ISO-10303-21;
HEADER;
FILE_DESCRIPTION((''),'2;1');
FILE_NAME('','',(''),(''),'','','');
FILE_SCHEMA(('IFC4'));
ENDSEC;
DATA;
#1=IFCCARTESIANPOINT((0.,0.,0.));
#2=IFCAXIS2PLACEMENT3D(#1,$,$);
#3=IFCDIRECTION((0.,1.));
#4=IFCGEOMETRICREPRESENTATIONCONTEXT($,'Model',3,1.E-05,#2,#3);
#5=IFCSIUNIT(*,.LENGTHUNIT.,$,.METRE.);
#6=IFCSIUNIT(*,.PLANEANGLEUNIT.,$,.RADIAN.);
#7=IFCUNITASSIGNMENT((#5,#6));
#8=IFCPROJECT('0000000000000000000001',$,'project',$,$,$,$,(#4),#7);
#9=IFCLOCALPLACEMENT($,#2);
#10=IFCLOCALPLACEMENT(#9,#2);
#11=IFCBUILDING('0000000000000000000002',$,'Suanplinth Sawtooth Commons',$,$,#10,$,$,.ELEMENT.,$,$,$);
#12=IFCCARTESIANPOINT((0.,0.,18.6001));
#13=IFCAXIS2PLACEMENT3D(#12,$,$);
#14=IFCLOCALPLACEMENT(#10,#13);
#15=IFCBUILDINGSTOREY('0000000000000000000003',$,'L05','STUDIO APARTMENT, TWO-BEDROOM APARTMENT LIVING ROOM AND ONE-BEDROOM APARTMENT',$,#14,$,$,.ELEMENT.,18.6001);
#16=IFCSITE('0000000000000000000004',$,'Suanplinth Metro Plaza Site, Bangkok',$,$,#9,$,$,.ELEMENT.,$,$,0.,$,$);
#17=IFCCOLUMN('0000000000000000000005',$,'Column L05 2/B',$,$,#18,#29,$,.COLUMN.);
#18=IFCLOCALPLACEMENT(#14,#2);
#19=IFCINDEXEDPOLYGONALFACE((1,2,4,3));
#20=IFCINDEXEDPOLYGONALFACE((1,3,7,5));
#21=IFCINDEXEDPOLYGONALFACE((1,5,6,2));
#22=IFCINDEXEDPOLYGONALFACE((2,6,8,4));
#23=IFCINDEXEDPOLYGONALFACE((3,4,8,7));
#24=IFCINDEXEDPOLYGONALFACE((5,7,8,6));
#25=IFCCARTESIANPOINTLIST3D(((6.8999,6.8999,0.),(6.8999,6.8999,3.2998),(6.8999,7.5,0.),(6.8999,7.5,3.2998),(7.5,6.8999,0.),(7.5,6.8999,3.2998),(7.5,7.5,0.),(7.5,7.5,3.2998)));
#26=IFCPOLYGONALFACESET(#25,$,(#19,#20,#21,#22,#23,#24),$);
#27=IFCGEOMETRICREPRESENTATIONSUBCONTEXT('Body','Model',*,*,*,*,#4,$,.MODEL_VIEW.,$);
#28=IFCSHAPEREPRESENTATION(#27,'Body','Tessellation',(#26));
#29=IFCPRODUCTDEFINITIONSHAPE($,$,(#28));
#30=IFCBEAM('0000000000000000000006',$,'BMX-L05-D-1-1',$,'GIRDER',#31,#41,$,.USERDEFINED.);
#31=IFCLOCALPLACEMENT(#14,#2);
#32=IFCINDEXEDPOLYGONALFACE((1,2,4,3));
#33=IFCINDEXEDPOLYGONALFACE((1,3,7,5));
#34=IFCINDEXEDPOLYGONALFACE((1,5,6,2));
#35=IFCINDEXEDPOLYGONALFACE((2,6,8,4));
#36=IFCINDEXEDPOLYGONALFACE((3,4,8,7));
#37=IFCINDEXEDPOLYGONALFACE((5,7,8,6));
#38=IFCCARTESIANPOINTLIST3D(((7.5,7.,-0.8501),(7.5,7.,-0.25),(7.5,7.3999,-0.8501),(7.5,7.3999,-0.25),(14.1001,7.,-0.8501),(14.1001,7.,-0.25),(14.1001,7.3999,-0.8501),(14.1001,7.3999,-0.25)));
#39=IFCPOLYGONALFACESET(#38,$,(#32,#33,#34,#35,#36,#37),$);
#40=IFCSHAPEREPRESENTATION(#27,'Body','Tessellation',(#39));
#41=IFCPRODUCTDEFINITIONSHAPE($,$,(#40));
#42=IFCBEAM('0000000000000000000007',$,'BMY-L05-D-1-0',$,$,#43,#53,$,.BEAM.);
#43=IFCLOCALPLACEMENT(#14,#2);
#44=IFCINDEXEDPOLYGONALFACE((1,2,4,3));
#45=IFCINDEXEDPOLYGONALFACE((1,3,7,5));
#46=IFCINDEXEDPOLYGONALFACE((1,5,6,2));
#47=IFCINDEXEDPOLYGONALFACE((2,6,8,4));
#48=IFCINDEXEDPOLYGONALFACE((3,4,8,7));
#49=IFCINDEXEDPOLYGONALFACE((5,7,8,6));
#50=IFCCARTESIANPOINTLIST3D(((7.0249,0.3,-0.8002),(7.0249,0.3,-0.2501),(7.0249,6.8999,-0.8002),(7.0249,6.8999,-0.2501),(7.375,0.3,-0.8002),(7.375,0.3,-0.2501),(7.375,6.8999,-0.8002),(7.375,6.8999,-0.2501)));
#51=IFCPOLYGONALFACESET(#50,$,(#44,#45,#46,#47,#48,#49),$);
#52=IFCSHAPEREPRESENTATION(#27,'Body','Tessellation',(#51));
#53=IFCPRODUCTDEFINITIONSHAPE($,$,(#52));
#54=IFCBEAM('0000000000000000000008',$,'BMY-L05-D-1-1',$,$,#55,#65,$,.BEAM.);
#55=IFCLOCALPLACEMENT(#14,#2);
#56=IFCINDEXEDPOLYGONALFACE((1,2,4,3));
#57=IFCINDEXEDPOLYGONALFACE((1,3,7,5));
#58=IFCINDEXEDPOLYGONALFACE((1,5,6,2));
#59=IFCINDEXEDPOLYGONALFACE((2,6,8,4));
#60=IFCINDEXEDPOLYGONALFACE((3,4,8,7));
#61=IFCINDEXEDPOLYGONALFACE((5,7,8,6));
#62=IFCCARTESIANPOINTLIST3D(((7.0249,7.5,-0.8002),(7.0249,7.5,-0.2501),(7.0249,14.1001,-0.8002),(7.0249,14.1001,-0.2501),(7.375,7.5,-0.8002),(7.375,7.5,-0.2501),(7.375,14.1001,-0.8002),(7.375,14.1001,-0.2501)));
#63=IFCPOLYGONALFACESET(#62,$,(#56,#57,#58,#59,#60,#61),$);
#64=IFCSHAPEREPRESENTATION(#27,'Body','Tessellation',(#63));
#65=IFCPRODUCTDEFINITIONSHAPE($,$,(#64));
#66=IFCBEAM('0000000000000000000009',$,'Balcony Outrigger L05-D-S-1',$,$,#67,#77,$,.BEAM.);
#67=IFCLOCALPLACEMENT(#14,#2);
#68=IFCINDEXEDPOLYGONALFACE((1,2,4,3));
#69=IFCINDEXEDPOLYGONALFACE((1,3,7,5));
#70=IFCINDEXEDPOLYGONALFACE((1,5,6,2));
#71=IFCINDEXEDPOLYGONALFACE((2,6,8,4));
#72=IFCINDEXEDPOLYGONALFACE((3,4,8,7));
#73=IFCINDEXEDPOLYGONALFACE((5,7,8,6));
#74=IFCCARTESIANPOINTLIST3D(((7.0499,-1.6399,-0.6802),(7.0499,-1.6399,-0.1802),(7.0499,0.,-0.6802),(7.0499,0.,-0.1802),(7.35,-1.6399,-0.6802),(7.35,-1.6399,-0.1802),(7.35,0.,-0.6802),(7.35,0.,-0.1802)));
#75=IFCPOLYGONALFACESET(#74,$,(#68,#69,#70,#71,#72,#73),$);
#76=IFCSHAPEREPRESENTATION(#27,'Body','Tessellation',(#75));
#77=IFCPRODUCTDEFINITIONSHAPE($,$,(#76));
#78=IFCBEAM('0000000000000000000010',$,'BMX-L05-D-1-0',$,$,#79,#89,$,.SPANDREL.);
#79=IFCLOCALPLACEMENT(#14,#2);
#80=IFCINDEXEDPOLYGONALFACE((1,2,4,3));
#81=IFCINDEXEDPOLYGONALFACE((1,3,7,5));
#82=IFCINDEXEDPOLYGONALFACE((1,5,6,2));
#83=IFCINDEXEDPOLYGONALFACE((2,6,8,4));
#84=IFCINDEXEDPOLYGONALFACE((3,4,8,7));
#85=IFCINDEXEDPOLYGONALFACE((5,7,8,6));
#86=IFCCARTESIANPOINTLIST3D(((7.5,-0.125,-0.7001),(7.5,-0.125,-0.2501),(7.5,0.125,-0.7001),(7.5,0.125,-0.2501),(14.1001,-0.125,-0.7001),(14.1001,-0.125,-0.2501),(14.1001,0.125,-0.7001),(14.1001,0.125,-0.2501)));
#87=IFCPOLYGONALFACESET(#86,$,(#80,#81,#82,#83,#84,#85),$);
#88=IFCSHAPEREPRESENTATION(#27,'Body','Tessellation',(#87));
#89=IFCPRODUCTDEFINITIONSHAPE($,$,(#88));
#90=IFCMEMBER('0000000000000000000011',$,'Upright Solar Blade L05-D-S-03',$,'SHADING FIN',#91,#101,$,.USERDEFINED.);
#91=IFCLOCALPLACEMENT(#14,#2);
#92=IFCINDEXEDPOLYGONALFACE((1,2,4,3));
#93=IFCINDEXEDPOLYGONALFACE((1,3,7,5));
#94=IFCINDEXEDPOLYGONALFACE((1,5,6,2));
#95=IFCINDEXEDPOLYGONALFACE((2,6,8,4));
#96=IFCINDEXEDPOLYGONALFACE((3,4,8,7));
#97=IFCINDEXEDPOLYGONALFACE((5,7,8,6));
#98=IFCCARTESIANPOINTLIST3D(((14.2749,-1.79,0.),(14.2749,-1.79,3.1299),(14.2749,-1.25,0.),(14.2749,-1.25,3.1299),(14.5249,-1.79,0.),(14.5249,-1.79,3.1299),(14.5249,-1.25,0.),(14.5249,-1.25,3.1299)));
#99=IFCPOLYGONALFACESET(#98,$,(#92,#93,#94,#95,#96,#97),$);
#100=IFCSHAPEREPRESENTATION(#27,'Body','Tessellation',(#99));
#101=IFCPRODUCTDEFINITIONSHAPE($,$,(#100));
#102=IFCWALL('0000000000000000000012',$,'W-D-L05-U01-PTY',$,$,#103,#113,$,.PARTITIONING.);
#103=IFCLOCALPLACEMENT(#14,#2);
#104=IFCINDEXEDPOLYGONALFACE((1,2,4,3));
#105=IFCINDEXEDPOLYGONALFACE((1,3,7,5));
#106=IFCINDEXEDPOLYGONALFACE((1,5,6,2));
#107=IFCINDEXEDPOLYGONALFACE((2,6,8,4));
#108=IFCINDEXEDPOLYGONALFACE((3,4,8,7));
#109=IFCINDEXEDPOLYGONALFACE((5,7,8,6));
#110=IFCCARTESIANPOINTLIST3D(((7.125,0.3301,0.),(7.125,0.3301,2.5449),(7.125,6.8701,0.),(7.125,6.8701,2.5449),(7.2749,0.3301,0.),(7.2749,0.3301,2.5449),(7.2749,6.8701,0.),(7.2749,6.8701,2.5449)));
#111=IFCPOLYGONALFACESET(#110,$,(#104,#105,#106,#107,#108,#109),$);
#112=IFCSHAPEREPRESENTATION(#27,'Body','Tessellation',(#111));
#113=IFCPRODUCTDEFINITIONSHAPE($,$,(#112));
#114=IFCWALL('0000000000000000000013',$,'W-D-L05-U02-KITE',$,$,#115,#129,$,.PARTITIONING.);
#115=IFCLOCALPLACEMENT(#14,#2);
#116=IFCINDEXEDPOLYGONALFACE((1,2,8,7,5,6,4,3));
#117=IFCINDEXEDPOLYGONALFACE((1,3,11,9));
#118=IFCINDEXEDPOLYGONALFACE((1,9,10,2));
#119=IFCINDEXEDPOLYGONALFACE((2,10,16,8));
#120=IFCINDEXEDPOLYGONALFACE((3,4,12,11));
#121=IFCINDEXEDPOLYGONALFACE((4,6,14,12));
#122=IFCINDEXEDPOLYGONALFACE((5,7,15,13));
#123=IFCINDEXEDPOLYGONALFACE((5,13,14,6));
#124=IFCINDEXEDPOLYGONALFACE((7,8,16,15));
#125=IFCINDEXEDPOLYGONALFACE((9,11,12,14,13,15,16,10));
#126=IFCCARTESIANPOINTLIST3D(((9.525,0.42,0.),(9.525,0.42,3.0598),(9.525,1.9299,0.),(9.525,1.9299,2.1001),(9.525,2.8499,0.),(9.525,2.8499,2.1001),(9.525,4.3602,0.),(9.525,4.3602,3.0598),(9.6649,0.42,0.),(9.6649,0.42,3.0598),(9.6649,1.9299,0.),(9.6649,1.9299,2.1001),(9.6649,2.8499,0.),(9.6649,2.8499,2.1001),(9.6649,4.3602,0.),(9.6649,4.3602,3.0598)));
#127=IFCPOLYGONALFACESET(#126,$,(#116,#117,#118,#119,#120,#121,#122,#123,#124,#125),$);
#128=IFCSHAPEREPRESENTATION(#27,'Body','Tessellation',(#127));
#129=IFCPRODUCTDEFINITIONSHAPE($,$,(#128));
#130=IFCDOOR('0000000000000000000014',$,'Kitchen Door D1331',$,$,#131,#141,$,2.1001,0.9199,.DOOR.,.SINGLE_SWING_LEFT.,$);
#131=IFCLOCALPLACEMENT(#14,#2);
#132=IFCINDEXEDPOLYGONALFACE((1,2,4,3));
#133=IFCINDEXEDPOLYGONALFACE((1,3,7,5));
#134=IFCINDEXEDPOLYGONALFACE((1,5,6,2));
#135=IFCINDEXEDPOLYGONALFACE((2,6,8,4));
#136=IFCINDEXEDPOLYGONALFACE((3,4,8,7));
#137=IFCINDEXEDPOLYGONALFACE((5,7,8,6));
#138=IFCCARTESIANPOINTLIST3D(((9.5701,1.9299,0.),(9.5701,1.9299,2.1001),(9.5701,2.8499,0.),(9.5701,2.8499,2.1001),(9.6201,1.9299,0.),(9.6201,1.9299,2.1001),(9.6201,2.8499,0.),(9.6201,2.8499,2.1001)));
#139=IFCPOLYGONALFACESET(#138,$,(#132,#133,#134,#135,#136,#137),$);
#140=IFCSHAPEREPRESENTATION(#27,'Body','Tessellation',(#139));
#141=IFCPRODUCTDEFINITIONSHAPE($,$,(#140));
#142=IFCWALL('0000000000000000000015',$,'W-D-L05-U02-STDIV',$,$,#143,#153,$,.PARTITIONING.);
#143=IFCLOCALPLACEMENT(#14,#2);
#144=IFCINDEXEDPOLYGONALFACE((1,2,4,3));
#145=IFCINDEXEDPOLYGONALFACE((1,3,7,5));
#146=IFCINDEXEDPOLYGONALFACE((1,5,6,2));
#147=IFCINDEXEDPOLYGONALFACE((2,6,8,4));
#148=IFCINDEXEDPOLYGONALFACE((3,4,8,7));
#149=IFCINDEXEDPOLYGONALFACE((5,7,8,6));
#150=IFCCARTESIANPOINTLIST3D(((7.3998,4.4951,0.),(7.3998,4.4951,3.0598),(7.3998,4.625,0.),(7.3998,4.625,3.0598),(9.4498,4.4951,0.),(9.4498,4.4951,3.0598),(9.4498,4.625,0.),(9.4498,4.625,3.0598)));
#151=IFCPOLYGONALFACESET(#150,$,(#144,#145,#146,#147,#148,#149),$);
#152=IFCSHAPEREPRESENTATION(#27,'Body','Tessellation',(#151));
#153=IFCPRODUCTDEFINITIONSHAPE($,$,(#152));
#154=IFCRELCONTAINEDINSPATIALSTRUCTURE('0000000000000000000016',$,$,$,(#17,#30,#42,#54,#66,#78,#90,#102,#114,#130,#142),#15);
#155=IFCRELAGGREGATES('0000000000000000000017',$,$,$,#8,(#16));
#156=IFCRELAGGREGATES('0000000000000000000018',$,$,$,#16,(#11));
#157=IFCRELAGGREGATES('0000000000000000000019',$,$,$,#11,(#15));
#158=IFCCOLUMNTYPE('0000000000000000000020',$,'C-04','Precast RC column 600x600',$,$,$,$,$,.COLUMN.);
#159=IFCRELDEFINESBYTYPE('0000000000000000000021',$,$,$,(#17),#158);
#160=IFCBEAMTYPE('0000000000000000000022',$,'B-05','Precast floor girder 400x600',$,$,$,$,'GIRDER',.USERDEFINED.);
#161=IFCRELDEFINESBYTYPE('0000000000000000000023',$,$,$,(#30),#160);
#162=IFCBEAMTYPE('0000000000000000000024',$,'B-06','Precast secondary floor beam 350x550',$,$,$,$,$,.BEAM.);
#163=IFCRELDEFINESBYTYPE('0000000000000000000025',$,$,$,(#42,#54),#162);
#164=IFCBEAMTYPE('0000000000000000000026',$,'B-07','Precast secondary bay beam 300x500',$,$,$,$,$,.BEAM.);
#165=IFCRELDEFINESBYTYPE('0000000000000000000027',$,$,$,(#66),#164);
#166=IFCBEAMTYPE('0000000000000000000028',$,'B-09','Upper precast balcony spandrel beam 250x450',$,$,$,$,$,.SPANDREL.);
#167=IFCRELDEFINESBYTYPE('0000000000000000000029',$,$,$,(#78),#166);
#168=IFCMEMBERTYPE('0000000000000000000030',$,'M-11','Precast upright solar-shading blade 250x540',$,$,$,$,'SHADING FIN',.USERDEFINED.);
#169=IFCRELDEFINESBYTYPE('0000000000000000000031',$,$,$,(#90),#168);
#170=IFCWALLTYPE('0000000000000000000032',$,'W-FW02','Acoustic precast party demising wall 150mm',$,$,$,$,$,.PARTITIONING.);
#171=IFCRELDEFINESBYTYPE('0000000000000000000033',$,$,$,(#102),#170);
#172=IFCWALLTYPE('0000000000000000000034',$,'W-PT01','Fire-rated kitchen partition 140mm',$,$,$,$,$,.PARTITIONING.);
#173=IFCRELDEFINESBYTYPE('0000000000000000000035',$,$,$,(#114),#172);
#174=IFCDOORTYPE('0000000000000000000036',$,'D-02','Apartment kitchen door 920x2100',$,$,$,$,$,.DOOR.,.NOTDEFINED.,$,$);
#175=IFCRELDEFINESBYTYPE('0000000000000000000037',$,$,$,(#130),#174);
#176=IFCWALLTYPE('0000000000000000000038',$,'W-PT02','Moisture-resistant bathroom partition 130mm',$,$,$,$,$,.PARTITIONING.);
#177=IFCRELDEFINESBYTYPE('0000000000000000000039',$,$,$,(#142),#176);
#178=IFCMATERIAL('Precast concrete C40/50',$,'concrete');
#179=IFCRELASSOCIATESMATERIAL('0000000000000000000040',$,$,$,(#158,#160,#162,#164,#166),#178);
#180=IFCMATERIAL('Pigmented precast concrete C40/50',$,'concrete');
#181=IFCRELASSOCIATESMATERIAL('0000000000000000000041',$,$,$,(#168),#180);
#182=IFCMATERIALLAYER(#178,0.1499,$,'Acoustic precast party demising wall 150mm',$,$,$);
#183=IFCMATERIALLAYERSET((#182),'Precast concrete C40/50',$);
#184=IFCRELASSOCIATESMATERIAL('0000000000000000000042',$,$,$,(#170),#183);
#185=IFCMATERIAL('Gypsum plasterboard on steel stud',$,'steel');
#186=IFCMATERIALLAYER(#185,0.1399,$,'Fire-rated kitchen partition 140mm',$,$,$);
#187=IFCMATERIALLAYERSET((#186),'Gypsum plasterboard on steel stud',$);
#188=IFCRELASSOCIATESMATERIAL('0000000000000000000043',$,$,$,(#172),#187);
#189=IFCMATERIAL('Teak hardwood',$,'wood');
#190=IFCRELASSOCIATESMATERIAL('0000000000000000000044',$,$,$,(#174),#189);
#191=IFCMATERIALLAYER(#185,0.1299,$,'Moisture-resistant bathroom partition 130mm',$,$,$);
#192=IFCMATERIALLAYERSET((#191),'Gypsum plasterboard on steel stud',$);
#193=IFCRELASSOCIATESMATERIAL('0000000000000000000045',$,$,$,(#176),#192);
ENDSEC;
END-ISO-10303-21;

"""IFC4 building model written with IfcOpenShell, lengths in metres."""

from ifc_helpers import new_model, si_unit, direction, frame, frame_2d, origin, origin_2d, place, context, subcontext, project, spatial, rectangle, extrude, material, layer, layer_set, material_profile, profile_set, type_object, element, fill, save


model = new_model("IFC4")

# Units and contexts
model_context = context("Model", 3, precision=1e-05, world=origin(), true_north=direction((0.0, 1.0)))
body_context = subcontext(model_context, "Body", "Model", "MODEL_VIEW")
ifc_project = project(units=[si_unit("LENGTHUNIT", "METRE"), si_unit("PLANEANGLEUNIT", "RADIAN")], contexts=[model_context])

# Site, building, storey
site_placement = place(None, origin())
site = spatial("IfcSite", under=ifc_project, at=site_placement, Name="Suanplinth Metro Plaza Site, Bangkok", CompositionType="ELEMENT", RefElevation=0.0)
building_placement = place(site_placement, origin())
building = spatial("IfcBuilding", under=site, at=building_placement, Name="Suanplinth Sawtooth Commons", CompositionType="ELEMENT")
storey_placement = place(building_placement, frame((0.0, 0.0, 18.6001)))
storey = spatial("IfcBuildingStorey", under=building, at=storey_placement, Name="L05", Description="STUDIO APARTMENT, TWO-BEDROOM APARTMENT LIVING ROOM AND ONE-BEDROOM APARTMENT", CompositionType="ELEMENT", Elevation=18.6001)

# Column
ifc_material_1 = material(Name="Precast concrete C40/50", Category="concrete")
ifc_material_profile_1 = material_profile(ifc_material_1, rectangle(XDim=0.6001, YDim=0.6001, at=origin_2d()), Name="PC-COL 600x600")
ifc_profile_set_1 = profile_set([ifc_material_profile_1], Name="Precast concrete C40/50")
column_type = type_object("IfcColumnType", Name="C-04", Description="Precast RC column 600x600", PredefinedType="COLUMN", material=ifc_profile_set_1)
column_placement = place(storey_placement, frame((7.2, 7.2, 0.0), z_axis=(0.0, 0.0, 1.0), x_axis=(1.0, 0.0, 0.0)))
element("IfcColumn", 1, at=column_placement, inside=storey, type_object=column_type, Name="Column L05 2/B", PredefinedType="COLUMN", context=body_context, shape_type="SweptSolid", body=[
    extrude(rectangle(XDim=0.6001, YDim=0.6001, at=origin_2d()), origin(), (0.0, 0.0, 1.0), 3.2998),
])

# Beams
ifc_material_profile_2 = material_profile(ifc_material_1, rectangle(XDim=0.3999, YDim=0.6001, at=origin_2d()), Name="PC-GDR 400x600")
ifc_profile_set_2 = profile_set([ifc_material_profile_2], Name="Precast concrete C40/50")
beam_type_1 = type_object("IfcBeamType", Name="B-05", Description="Precast floor girder 400x600", ElementType="GIRDER", PredefinedType="USERDEFINED", material=ifc_profile_set_2)
beam_1_placement = place(storey_placement, frame((7.5, 7.2, -0.55), z_axis=(1.0, 0.0, 0.0), x_axis=(0.0, 1.0, 0.0)))
element("IfcBeam", 2, at=beam_1_placement, inside=storey, type_object=beam_type_1, Name="BMX-L05-D-1-1", ObjectType="GIRDER", PredefinedType="USERDEFINED", context=body_context, shape_type="SweptSolid", body=[
    extrude(rectangle(XDim=0.3999, YDim=0.6001, at=origin_2d()), origin(), (0.0, 0.0, 1.0), 6.6001),
])
ifc_material_profile_3 = material_profile(ifc_material_1, rectangle(XDim=0.3501, YDim=0.55, at=origin_2d()), Name="PC-BM 350x550")
ifc_profile_set_3 = profile_set([ifc_material_profile_3], Name="Precast concrete C40/50")
beam_type_2 = type_object("IfcBeamType", Name="B-06", Description="Precast secondary floor beam 350x550", PredefinedType="BEAM", material=ifc_profile_set_3)
beam_2_placement = place(storey_placement, frame((7.2, 0.3, -0.5251), z_axis=(0.0, 1.0, 0.0), x_axis=(-1.0, 0.0, 0.0)))
element("IfcBeam", 3, at=beam_2_placement, inside=storey, type_object=beam_type_2, Name="BMY-L05-D-1-0", PredefinedType="BEAM", context=body_context, shape_type="SweptSolid", body=[
    extrude(rectangle(XDim=0.3501, YDim=0.55, at=origin_2d()), origin(), (0.0, 0.0, 1.0), 6.5999),
])
beam_3_placement = place(storey_placement, frame((7.2, 7.5, -0.5251), z_axis=(0.0, 1.0, 0.0), x_axis=(-1.0, 0.0, 0.0)))
element("IfcBeam", 4, at=beam_3_placement, inside=storey, type_object=beam_type_2, Name="BMY-L05-D-1-1", PredefinedType="BEAM", context=body_context, shape_type="SweptSolid", body=[
    extrude(rectangle(XDim=0.3501, YDim=0.55, at=origin_2d()), origin(), (0.0, 0.0, 1.0), 6.6001),
])
ifc_material_profile_4 = material_profile(ifc_material_1, rectangle(XDim=0.3, YDim=0.5, at=origin_2d()), Name="PC-BM 300x500")
ifc_profile_set_4 = profile_set([ifc_material_profile_4], Name="Precast concrete C40/50")
beam_type_3 = type_object("IfcBeamType", Name="B-07", Description="Precast secondary bay beam 300x500", PredefinedType="BEAM", material=ifc_profile_set_4)
beam_4_placement = place(storey_placement, frame((7.2, 0.0, -0.4302), z_axis=(0.0, -1.0, 0.0), x_axis=(1.0, 0.0, 0.0)))
element("IfcBeam", 5, at=beam_4_placement, inside=storey, type_object=beam_type_3, Name="Balcony Outrigger L05-D-S-1", PredefinedType="BEAM", context=body_context, shape_type="SweptSolid", body=[
    extrude(rectangle(XDim=0.3, YDim=0.5, at=origin_2d()), origin(), (0.0, 0.0, 1.0), 1.6399),
])
ifc_material_profile_5 = material_profile(ifc_material_1, rectangle(XDim=0.25, YDim=0.45, at=origin_2d()), Name="PC-SP 250x450")
ifc_profile_set_5 = profile_set([ifc_material_profile_5], Name="Precast concrete C40/50")
beam_type_4 = type_object("IfcBeamType", Name="B-09", Description="Upper precast balcony spandrel beam 250x450", PredefinedType="SPANDREL", material=ifc_profile_set_5)
beam_5_placement = place(storey_placement, frame((7.5, 0.0, -0.4751), z_axis=(1.0, 0.0, 0.0), x_axis=(0.0, 1.0, 0.0)))
element("IfcBeam", 6, at=beam_5_placement, inside=storey, type_object=beam_type_4, Name="BMX-L05-D-1-0", PredefinedType="SPANDREL", context=body_context, shape_type="SweptSolid", body=[
    extrude(rectangle(XDim=0.25, YDim=0.45, at=origin_2d()), origin(), (0.0, 0.0, 1.0), 6.6001),
])

# Member
ifc_material_2 = material(Name="Pigmented precast concrete C40/50", Category="concrete")
ifc_material_profile_6 = material_profile(ifc_material_2, rectangle(XDim=0.25, YDim=0.54, at=origin_2d()), Name="PC-FIN 250x540")
ifc_profile_set_6 = profile_set([ifc_material_profile_6], Name="Pigmented precast concrete C40/50")
member_type = type_object("IfcMemberType", Name="M-11", Description="Precast upright solar-shading blade 250x540", ElementType="SHADING FIN", PredefinedType="USERDEFINED", material=ifc_profile_set_6)
member_placement = place(storey_placement, frame((14.3999, -1.52, 0.0), z_axis=(0.0, 0.0, 1.0), x_axis=(1.0, 0.0, 0.0)))
element("IfcMember", 7, at=member_placement, inside=storey, type_object=member_type, Name="Upright Solar Blade L05-D-S-03", ObjectType="SHADING FIN", PredefinedType="USERDEFINED", context=body_context, shape_type="SweptSolid", body=[
    extrude(rectangle(XDim=0.25, YDim=0.54, at=origin_2d()), origin(), (0.0, 0.0, 1.0), 3.1299),
])

# Wall
ifc_layer_1 = layer(ifc_material_1, 0.1499, Name="Acoustic precast party demising wall 150mm")
ifc_layer_set_1 = layer_set([ifc_layer_1], Name="Precast concrete C40/50")
wall_type_1 = type_object("IfcWallType", Name="W-FW02", Description="Acoustic precast party demising wall 150mm", PredefinedType="PARTITIONING", material=ifc_layer_set_1)
wall_1_placement = place(storey_placement, frame((7.2, 0.3301, 0.0), z_axis=(0.0, 0.0, 1.0), x_axis=(0.0, 1.0, 0.0)))
element("IfcWall", 8, at=wall_1_placement, inside=storey, type_object=wall_type_1, Name="W-D-L05-U01-PTY", PredefinedType="PARTITIONING", context=body_context, shape_type="SweptSolid", body=[
    extrude(rectangle(XDim=6.54, YDim=0.1499, at=frame_2d((3.27, 0.0))), origin(), (0.0, 0.0, 1.0), 2.5449),
])

# Wall, opening, door
ifc_material_3 = material(Name="Gypsum plasterboard on steel stud", Category="steel")
ifc_layer_2 = layer(ifc_material_3, 0.1399, Name="Fire-rated kitchen partition 140mm")
ifc_layer_set_2 = layer_set([ifc_layer_2], Name="Gypsum plasterboard on steel stud")
wall_type_2 = type_object("IfcWallType", Name="W-PT01", Description="Fire-rated kitchen partition 140mm", PredefinedType="PARTITIONING", material=ifc_layer_set_2)
wall_2_placement = place(storey_placement, frame((9.595, 0.4199, 0.0), z_axis=(0.0, 0.0, 1.0), x_axis=(0.0, 1.0, 0.0)))
wall_2 = element("IfcWall", 9, at=wall_2_placement, inside=storey, type_object=wall_type_2, Name="W-D-L05-U02-KITE", PredefinedType="PARTITIONING", context=body_context, shape_type="SweptSolid", body=[
    extrude(rectangle(XDim=3.9402, YDim=0.1399, at=frame_2d((1.9702, 0.0))), origin(), (0.0, 0.0, 1.0), 3.0598),
])
opening_1_placement = place(wall_2_placement, frame((1.51, 0.0, 0.0)))
opening_1 = element("IfcOpeningElement", 10, at=opening_1_placement, cuts=wall_2, PredefinedType="OPENING", context=body_context, shape_type="SweptSolid", body=[
    extrude(rectangle(XDim=0.9199, YDim=2.1001, at=frame_2d((0.46, 1.05))), frame((0.0, 0.085, 0.0), z_axis=(0.0, -1.0, 0.0), x_axis=(1.0, 0.0, 0.0)), (0.0, 0.0, 1.0), 0.1697),
])
ifc_material_4 = material(Name="Teak hardwood", Category="wood")
door_type_1 = type_object("IfcDoorType", Name="D-02", Description="Apartment kitchen door 920x2100", OperationType="NOTDEFINED", PredefinedType="DOOR", material=ifc_material_4)
door_1_placement = place(opening_1_placement, origin())
door_1 = element("IfcDoor", 11, at=door_1_placement, inside=storey, type_object=door_type_1, Name="Kitchen Door D1331", OperationType="SINGLE_SWING_LEFT", OverallHeight=2.1001, OverallWidth=0.9199, PredefinedType="DOOR", context=body_context, shape_type="SweptSolid", body=[
    extrude(rectangle(XDim=0.9199, YDim=2.1001, at=frame_2d((0.46, 1.05))), frame((0.0, 0.0249, 0.0), z_axis=(0.0, -1.0, 0.0), x_axis=(1.0, 0.0, 0.0)), (0.0, 0.0, 1.0), 0.05),
])
fill(opening_1, door_1)

# Wall
ifc_layer_3 = layer(ifc_material_3, 0.1299, Name="Moisture-resistant bathroom partition 130mm")
ifc_layer_set_3 = layer_set([ifc_layer_3], Name="Gypsum plasterboard on steel stud")
wall_type_3 = type_object("IfcWallType", Name="W-PT02", Description="Moisture-resistant bathroom partition 130mm", PredefinedType="PARTITIONING", material=ifc_layer_set_3)
wall_3_placement = place(storey_placement, frame((7.3999, 4.5601, 0.0), z_axis=(0.0, 0.0, 1.0), x_axis=(1.0, 0.0, 0.0)))
element("IfcWall", 12, at=wall_3_placement, inside=storey, type_object=wall_type_3, Name="W-D-L05-U02-STDIV", PredefinedType="PARTITIONING", context=body_context, shape_type="SweptSolid", body=[
    extrude(rectangle(XDim=2.05, YDim=0.1299, at=frame_2d((1.0249, 0.0))), origin(), (0.0, 0.0, 1.0), 3.0598),
])

save(model, "model.ifc")
